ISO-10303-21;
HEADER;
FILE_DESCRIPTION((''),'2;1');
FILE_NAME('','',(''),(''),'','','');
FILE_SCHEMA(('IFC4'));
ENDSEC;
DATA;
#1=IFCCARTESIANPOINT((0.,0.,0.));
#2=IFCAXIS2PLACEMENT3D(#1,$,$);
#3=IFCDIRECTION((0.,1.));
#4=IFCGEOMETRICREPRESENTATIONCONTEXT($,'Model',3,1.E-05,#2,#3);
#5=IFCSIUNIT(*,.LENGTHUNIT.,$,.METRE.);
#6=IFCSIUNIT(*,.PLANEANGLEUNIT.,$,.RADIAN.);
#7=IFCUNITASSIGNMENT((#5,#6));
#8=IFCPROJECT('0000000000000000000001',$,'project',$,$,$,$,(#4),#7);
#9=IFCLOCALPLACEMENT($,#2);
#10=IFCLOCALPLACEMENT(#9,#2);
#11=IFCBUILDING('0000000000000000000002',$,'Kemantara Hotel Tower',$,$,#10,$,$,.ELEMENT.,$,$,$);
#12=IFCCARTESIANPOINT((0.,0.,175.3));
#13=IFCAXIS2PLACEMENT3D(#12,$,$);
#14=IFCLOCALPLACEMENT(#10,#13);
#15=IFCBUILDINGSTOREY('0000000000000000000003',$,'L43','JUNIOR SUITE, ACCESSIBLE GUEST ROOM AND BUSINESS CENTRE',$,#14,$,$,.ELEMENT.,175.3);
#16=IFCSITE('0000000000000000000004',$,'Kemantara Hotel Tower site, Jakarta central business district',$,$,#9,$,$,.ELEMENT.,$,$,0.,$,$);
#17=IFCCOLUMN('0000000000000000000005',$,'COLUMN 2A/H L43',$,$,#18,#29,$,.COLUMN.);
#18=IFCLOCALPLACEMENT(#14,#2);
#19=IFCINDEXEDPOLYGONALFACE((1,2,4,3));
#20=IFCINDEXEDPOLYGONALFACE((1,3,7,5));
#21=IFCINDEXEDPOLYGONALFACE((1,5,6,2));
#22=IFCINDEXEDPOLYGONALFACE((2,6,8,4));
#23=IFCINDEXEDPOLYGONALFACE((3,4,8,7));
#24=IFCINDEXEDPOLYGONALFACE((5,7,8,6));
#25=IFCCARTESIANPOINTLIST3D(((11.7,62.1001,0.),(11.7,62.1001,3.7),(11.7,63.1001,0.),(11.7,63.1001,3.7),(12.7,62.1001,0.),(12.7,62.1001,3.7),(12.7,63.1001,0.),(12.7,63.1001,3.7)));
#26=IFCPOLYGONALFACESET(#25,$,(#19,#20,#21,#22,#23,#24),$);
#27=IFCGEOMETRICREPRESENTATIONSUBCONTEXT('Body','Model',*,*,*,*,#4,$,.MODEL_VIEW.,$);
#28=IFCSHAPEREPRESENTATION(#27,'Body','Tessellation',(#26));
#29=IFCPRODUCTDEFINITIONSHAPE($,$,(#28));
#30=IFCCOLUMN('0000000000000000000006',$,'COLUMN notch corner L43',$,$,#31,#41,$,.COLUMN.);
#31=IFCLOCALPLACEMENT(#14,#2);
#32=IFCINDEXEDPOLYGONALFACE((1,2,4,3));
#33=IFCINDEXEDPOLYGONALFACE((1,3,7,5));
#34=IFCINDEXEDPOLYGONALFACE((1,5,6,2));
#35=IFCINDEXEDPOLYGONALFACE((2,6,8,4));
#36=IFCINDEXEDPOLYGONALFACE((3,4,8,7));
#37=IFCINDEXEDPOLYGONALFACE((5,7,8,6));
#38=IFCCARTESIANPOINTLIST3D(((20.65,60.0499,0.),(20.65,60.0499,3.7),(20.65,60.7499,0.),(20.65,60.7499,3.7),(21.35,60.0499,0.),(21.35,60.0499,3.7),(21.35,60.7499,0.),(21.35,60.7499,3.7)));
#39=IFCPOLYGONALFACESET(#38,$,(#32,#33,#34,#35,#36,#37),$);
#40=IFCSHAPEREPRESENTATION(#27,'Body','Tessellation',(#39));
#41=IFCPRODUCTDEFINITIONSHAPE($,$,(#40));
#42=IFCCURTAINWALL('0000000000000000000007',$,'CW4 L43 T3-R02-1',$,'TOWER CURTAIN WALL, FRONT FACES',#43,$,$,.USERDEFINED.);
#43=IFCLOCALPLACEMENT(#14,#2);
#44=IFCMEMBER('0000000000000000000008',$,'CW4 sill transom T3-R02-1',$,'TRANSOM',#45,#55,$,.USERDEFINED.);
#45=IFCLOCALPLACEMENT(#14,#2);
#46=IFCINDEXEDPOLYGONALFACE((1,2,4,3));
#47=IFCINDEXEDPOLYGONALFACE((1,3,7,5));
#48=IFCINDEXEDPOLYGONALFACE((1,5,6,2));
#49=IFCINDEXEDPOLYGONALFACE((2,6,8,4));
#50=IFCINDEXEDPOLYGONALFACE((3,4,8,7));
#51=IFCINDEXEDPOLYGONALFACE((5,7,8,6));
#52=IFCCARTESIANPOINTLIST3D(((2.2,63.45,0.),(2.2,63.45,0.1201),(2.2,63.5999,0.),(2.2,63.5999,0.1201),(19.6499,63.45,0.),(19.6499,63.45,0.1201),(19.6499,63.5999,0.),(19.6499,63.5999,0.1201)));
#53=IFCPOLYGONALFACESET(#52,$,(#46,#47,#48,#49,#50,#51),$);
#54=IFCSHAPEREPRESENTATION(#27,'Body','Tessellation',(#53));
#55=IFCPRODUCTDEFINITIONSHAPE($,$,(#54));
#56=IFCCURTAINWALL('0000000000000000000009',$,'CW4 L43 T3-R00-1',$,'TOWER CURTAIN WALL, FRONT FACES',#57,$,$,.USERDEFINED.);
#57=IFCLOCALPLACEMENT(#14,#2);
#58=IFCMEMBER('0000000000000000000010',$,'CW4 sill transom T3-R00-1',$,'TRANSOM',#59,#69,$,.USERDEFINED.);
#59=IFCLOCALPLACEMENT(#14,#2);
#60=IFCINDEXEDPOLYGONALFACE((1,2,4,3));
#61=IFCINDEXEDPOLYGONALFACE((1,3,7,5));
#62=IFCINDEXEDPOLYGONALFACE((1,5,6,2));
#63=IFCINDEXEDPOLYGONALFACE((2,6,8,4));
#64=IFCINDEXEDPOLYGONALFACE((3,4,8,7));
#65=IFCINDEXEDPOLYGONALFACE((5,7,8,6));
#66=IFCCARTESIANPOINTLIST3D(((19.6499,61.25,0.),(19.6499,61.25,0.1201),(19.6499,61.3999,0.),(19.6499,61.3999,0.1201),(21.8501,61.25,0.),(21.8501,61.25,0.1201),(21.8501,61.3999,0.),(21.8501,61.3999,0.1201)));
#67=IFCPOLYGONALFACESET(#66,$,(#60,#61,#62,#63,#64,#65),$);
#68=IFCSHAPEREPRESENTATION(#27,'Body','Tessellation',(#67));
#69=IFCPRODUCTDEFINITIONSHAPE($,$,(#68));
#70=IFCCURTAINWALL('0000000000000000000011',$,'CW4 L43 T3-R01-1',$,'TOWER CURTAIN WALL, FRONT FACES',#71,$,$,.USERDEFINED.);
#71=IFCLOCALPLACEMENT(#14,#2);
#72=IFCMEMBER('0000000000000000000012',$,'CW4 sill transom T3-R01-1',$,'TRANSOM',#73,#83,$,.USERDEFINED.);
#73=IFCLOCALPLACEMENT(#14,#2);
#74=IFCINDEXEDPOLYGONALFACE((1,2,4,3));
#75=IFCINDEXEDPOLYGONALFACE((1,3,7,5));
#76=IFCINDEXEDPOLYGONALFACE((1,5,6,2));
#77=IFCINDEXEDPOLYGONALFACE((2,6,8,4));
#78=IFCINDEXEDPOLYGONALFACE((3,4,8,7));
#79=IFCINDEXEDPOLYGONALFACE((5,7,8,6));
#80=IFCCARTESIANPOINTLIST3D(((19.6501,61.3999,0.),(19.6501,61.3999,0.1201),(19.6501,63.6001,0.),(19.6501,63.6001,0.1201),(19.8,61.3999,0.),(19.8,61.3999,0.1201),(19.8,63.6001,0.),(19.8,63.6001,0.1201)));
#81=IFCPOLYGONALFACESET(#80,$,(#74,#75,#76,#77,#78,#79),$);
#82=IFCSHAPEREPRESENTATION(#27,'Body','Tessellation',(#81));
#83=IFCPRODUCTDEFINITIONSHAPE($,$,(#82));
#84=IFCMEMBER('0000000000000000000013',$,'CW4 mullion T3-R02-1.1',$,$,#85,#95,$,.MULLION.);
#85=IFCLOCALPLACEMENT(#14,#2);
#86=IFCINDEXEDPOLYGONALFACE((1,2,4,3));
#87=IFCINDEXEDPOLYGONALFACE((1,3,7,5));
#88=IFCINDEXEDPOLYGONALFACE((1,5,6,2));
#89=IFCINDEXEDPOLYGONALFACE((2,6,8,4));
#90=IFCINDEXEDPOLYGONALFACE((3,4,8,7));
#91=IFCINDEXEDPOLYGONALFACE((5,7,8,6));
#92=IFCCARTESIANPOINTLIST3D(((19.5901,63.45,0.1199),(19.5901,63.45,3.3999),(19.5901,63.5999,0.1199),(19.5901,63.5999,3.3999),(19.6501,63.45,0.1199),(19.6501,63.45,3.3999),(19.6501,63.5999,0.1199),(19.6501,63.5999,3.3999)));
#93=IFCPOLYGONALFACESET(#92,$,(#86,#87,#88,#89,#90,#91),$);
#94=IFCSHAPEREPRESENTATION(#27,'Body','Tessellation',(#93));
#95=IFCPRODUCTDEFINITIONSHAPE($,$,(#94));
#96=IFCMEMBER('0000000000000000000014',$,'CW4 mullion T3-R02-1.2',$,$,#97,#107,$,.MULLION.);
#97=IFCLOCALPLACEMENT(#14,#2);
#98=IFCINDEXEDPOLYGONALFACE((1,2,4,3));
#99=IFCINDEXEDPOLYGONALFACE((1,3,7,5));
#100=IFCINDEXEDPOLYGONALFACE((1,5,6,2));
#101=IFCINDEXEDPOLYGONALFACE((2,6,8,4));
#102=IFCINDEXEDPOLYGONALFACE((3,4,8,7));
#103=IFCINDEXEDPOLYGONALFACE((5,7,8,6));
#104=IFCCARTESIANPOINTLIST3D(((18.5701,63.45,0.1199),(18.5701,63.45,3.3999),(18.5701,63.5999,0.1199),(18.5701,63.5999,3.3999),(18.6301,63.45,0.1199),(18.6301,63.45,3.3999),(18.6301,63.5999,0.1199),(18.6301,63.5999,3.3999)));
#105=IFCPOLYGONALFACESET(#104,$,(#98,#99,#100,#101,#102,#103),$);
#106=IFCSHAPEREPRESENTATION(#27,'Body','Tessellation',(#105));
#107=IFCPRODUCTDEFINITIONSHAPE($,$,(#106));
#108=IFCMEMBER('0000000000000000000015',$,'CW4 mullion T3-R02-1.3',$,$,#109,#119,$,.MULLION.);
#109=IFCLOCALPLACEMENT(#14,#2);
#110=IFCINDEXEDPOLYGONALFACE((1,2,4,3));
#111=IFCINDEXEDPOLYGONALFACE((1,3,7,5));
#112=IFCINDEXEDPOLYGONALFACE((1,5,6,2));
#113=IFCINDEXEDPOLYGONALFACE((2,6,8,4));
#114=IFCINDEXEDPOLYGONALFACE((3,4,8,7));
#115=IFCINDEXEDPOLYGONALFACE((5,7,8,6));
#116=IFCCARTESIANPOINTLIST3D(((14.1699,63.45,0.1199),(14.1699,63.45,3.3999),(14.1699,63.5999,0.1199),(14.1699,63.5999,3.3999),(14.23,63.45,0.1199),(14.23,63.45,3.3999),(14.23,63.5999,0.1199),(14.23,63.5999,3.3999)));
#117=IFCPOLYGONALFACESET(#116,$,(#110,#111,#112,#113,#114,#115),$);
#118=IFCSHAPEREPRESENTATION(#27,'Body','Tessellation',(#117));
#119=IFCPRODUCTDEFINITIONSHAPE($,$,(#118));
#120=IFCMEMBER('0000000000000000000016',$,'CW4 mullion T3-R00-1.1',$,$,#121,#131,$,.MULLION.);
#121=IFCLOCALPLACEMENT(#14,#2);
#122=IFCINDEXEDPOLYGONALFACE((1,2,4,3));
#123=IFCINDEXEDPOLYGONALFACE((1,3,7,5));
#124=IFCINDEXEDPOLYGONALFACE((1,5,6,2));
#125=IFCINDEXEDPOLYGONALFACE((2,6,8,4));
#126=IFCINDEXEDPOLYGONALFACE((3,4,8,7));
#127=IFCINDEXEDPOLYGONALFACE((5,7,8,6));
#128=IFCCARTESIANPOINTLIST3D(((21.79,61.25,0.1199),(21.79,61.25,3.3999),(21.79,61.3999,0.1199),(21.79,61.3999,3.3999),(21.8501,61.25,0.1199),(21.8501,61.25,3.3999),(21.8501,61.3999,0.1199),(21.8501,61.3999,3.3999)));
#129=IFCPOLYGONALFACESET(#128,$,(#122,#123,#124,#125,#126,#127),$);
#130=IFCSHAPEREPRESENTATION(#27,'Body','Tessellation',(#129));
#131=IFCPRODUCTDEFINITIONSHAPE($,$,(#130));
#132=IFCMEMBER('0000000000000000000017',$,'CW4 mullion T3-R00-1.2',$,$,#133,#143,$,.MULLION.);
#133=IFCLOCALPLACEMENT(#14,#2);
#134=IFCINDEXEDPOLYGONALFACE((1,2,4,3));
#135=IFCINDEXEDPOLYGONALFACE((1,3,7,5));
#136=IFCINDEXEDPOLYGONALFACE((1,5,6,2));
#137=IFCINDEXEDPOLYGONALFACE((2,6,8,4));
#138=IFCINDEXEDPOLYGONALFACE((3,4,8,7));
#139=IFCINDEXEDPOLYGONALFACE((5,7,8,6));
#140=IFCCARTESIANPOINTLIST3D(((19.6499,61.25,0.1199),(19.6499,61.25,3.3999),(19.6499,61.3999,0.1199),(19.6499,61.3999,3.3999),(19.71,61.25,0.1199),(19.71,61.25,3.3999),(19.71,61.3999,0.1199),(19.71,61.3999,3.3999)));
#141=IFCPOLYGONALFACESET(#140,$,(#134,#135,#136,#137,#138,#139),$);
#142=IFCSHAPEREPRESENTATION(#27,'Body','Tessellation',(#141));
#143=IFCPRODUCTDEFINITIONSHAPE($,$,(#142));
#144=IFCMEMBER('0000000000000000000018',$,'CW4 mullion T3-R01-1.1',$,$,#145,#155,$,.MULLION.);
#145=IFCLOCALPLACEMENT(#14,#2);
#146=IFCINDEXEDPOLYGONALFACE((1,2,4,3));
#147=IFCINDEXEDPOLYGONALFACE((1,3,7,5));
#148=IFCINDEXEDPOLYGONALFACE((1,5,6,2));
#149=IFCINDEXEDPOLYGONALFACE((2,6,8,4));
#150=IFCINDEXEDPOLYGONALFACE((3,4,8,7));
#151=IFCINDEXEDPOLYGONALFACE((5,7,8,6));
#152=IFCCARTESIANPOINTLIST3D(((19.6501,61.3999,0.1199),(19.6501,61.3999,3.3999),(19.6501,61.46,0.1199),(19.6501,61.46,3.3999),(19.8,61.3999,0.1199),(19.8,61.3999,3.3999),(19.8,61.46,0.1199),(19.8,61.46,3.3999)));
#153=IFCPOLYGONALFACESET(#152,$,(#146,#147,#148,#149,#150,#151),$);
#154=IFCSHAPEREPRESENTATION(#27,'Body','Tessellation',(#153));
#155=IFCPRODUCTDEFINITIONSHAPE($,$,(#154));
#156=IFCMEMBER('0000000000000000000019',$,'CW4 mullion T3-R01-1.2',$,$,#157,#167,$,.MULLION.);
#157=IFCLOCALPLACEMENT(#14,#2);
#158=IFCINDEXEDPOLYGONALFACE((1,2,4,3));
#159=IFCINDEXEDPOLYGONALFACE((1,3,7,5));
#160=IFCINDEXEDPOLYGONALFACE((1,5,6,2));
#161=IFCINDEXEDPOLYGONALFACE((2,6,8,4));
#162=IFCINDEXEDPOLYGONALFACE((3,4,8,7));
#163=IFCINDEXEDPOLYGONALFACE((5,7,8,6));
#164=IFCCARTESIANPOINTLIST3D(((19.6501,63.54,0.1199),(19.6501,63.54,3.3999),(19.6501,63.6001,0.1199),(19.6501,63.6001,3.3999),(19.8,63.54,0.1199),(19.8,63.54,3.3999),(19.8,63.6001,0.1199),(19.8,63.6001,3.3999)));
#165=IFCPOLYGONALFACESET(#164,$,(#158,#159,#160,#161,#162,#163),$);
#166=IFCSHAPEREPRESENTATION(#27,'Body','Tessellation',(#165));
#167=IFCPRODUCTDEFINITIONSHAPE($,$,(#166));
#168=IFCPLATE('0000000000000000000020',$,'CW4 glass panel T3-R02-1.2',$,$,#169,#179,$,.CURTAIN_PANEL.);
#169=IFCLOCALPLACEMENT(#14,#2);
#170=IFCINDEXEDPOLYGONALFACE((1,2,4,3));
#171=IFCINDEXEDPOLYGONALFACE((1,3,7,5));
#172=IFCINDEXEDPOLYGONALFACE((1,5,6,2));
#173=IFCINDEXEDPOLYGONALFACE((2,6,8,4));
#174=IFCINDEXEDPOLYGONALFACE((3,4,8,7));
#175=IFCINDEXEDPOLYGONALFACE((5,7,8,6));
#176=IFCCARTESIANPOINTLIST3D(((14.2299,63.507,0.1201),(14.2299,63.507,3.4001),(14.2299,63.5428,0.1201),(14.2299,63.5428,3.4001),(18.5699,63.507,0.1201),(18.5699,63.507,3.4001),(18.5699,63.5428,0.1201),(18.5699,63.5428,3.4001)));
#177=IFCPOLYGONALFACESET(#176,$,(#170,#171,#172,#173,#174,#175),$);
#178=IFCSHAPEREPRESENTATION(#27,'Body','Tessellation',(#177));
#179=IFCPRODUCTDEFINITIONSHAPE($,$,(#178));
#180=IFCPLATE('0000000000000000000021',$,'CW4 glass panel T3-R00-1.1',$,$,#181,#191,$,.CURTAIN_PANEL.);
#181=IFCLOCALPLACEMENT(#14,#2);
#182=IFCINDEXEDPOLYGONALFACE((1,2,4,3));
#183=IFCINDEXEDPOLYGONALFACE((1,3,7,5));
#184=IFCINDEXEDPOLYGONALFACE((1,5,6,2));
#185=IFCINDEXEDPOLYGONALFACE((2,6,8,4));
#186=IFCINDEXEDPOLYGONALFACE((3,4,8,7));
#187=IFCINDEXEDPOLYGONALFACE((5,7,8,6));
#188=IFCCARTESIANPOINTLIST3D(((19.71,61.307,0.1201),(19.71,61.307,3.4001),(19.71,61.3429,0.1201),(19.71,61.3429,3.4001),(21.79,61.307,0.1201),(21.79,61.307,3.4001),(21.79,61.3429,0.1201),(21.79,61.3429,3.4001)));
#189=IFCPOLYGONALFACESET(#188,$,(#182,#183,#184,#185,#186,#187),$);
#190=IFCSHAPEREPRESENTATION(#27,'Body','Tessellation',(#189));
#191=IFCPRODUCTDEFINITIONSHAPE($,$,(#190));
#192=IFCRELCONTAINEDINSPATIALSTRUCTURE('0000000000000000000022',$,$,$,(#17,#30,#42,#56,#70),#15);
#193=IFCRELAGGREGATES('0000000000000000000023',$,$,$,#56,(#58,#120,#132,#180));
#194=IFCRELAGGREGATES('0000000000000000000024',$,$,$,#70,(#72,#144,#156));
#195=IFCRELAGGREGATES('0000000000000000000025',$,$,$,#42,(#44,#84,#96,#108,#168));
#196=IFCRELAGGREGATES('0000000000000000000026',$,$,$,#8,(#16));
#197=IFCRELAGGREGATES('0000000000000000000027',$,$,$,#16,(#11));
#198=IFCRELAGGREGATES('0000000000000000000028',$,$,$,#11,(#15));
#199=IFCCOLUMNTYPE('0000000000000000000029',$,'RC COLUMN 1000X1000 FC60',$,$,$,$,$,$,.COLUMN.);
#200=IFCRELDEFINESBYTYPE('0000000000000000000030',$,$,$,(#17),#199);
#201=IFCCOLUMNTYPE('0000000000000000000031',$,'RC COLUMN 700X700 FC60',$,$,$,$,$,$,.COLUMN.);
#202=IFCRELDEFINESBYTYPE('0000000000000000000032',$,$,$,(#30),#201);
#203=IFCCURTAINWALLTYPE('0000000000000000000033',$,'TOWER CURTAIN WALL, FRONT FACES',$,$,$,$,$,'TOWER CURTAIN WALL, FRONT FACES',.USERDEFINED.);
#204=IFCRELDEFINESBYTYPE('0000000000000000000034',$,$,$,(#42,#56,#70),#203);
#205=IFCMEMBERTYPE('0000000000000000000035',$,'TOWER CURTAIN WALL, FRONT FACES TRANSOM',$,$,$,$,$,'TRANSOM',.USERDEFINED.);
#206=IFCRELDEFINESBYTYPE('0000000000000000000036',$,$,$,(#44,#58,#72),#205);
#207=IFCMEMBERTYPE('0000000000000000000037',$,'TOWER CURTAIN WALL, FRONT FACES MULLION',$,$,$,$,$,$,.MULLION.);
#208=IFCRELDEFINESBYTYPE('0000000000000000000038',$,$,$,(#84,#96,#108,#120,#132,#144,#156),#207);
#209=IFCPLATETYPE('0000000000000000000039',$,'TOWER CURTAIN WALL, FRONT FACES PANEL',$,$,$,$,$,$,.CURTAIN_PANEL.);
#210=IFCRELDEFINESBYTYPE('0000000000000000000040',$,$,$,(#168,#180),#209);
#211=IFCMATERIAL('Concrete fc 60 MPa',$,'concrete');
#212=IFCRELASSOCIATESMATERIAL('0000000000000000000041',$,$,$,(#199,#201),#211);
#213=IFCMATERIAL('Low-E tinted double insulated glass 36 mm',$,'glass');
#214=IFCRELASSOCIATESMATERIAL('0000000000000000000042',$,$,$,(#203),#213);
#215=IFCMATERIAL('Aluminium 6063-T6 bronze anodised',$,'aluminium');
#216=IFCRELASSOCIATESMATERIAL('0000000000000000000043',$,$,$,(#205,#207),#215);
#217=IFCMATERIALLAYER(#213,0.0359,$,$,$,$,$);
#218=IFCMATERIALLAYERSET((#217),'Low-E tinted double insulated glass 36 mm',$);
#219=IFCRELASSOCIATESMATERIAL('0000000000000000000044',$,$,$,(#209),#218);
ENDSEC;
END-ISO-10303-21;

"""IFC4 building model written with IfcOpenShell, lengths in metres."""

from ifc_helpers import new_model, si_unit, direction, frame, origin, origin_2d, place, context, subcontext, project, spatial, rectangle, extrude, source, transform, mapped, material, layer, layer_set, material_profile, profile_set, type_object, element, aggregate, save


model = new_model("IFC4")

# Units and contexts
model_context = context("Model", 3, precision=1e-05, world=origin(), true_north=direction((0.0, 1.0)))
body_context = subcontext(model_context, "Body", "Model", "MODEL_VIEW")
ifc_project = project(units=[si_unit("LENGTHUNIT", "METRE"), si_unit("PLANEANGLEUNIT", "RADIAN")], contexts=[model_context])

# Site, building, storey
site_placement = place(None, origin())
site = spatial("IfcSite", under=ifc_project, at=site_placement, Name="Kemantara Hotel Tower site, Jakarta central business district", CompositionType="ELEMENT", RefElevation=0.0)
building_placement = place(site_placement, origin())
building = spatial("IfcBuilding", under=site, at=building_placement, Name="Kemantara Hotel Tower", CompositionType="ELEMENT")
storey_placement = place(building_placement, frame((0.0, 0.0, 175.3)))
storey = spatial("IfcBuildingStorey", under=building, at=storey_placement, Name="L43", Description="JUNIOR SUITE, ACCESSIBLE GUEST ROOM AND BUSINESS CENTRE", CompositionType="ELEMENT", Elevation=175.3)

# Columns
ifc_material_1 = material(Name="Concrete fc 60 MPa", Category="concrete")
ifc_material_profile_1 = material_profile(ifc_material_1, rectangle(XDim=1.0, YDim=1.0, at=origin_2d()), Name="RC 1000X1000")
ifc_profile_set_1 = profile_set([ifc_material_profile_1], Name="Concrete fc 60 MPa")
column_type_1 = type_object("IfcColumnType", Name="RC COLUMN 1000X1000 FC60", PredefinedType="COLUMN", material=ifc_profile_set_1)
column_1_placement = place(storey_placement, frame((12.2, 62.6001, 0.0), z_axis=(0.0, 0.0, 1.0), x_axis=(1.0, 0.0, 0.0)))
element("IfcColumn", 1, at=column_1_placement, inside=storey, type_object=column_type_1, Name="COLUMN 2A/H L43", PredefinedType="COLUMN", context=body_context, shape_type="SweptSolid", body=[
    extrude(rectangle(XDim=1.0, YDim=1.0, at=origin_2d()), origin(), (0.0, 0.0, 1.0), 3.7),
])
ifc_material_profile_2 = material_profile(ifc_material_1, rectangle(XDim=0.7, YDim=0.7, at=origin_2d()), Name="RC 700X700")
ifc_profile_set_2 = profile_set([ifc_material_profile_2], Name="Concrete fc 60 MPa")
column_type_2 = type_object("IfcColumnType", Name="RC COLUMN 700X700 FC60", PredefinedType="COLUMN", material=ifc_profile_set_2)
column_2_placement = place(storey_placement, frame((21.0, 60.3999, 0.0), z_axis=(0.0, 0.0, 1.0), x_axis=(1.0, 0.0, 0.0)))
element("IfcColumn", 2, at=column_2_placement, inside=storey, type_object=column_type_2, Name="COLUMN notch corner L43", PredefinedType="COLUMN", context=body_context, shape_type="SweptSolid", body=[
    extrude(rectangle(XDim=0.7, YDim=0.7, at=origin_2d()), origin(), (0.0, 0.0, 1.0), 3.7),
])

# Curtain walls, members
ifc_material_2 = material(Name="Low-E tinted double insulated glass 36 mm", Category="glass")
curtain_wall_type = type_object("IfcCurtainWallType", Name="TOWER CURTAIN WALL, FRONT FACES", ElementType="TOWER CURTAIN WALL, FRONT FACES", PredefinedType="USERDEFINED", material=ifc_material_2)
curtain_wall_1_placement = place(storey_placement, origin())
curtain_wall_1 = element("IfcCurtainWall", 3, at=curtain_wall_1_placement, inside=storey, type_object=curtain_wall_type, Name="CW4 L43 T3-R02-1", ObjectType="TOWER CURTAIN WALL, FRONT FACES", PredefinedType="USERDEFINED")
ifc_material_3 = material(Name="Aluminium 6063-T6 bronze anodised", Category="aluminium")
ifc_material_profile_3 = material_profile(ifc_material_3, rectangle(XDim=0.1499, YDim=0.1201, at=origin_2d()), Name="TOWER CURTAIN WALL, FRONT FACES TRANSOM")
ifc_profile_set_3 = profile_set([ifc_material_profile_3], Name="Aluminium 6063-T6 bronze anodised")
member_type_1 = type_object("IfcMemberType", Name="TOWER CURTAIN WALL, FRONT FACES TRANSOM", ElementType="TRANSOM", PredefinedType="USERDEFINED", material=ifc_profile_set_3)
member_1_placement = place(storey_placement, frame((19.6499, 63.5249, 0.0601), z_axis=(-1.0, 0.0, 0.0), x_axis=(0.0, -1.0, 0.0)))
member_1 = element("IfcMember", 4, at=member_1_placement, type_object=member_type_1, Name="CW4 sill transom T3-R02-1", ObjectType="TRANSOM", PredefinedType="USERDEFINED", context=body_context, shape_type="SweptSolid", body=[
    extrude(rectangle(XDim=0.1499, YDim=0.1201, at=origin_2d()), origin(), (0.0, 0.0, 1.0), 17.45),
])
curtain_wall_2_placement = place(storey_placement, origin())
curtain_wall_2 = element("IfcCurtainWall", 5, at=curtain_wall_2_placement, inside=storey, type_object=curtain_wall_type, Name="CW4 L43 T3-R00-1", ObjectType="TOWER CURTAIN WALL, FRONT FACES", PredefinedType="USERDEFINED")
member_2_placement = place(storey_placement, frame((21.8501, 61.325, 0.0601), z_axis=(-1.0, 0.0, 0.0), x_axis=(0.0, -1.0, 0.0)))
member_2 = element("IfcMember", 6, at=member_2_placement, type_object=member_type_1, Name="CW4 sill transom T3-R00-1", ObjectType="TRANSOM", PredefinedType="USERDEFINED", context=body_context, shape_type="SweptSolid", body=[
    extrude(rectangle(XDim=0.1499, YDim=0.1201, at=origin_2d()), origin(), (0.0, 0.0, 1.0), 2.2002),
])
curtain_wall_3_placement = place(storey_placement, origin())
curtain_wall_3 = element("IfcCurtainWall", 7, at=curtain_wall_3_placement, inside=storey, type_object=curtain_wall_type, Name="CW4 L43 T3-R01-1", ObjectType="TOWER CURTAIN WALL, FRONT FACES", PredefinedType="USERDEFINED")
member_3_placement = place(storey_placement, frame((19.7251, 61.3999, 0.0601), z_axis=(0.0, 1.0, 0.0), x_axis=(-1.0, 0.0, 0.0)))
member_3 = element("IfcMember", 8, at=member_3_placement, type_object=member_type_1, Name="CW4 sill transom T3-R01-1", ObjectType="TRANSOM", PredefinedType="USERDEFINED", context=body_context, shape_type="SweptSolid", body=[
    extrude(rectangle(XDim=0.1499, YDim=0.1201, at=origin_2d()), origin(), (0.0, 0.0, 1.0), 2.2002),
])

# Members
ifc_material_profile_4 = material_profile(ifc_material_3, rectangle(XDim=0.1499, YDim=0.0601, at=origin_2d()), Name="TOWER CURTAIN WALL, FRONT FACES MULLION")
ifc_profile_set_4 = profile_set([ifc_material_profile_4], Name="Aluminium 6063-T6 bronze anodised")
member_type_2 = type_object("IfcMemberType", Name="TOWER CURTAIN WALL, FRONT FACES MULLION", PredefinedType="MULLION", material=ifc_profile_set_4)
shared_shape_1 = source(origin(), body_context, "Body", "SweptSolid", [
    extrude(rectangle(XDim=0.1499, YDim=0.0601, at=origin_2d()), origin(), (0.0, 0.0, 1.0), 3.28),
])
member_4_placement = place(storey_placement, frame((19.6201, 63.5249, 0.1199), z_axis=(0.0, 0.0, 1.0), x_axis=(0.0, -1.0, 0.0)))
member_4 = element("IfcMember", 9, at=member_4_placement, type_object=member_type_2, Name="CW4 mullion T3-R02-1.1", PredefinedType="MULLION", context=body_context, shape_type="MappedRepresentation", body=[
    mapped(shared_shape_1, transform((0.0, 0.0, 0.0))),
])
member_5_placement = place(storey_placement, frame((18.6001, 63.5249, 0.1199), z_axis=(0.0, 0.0, 1.0), x_axis=(0.0, -1.0, 0.0)))
member_5 = element("IfcMember", 10, at=member_5_placement, type_object=member_type_2, Name="CW4 mullion T3-R02-1.2", PredefinedType="MULLION", context=body_context, shape_type="MappedRepresentation", body=[
    mapped(shared_shape_1, transform((0.0, 0.0, 0.0))),
])
member_6_placement = place(storey_placement, frame((14.2, 63.5249, 0.1199), z_axis=(0.0, 0.0, 1.0), x_axis=(0.0, -1.0, 0.0)))
member_6 = element("IfcMember", 11, at=member_6_placement, type_object=member_type_2, Name="CW4 mullion T3-R02-1.3", PredefinedType="MULLION", context=body_context, shape_type="MappedRepresentation", body=[
    mapped(shared_shape_1, transform((0.0, 0.0, 0.0))),
])
member_7_placement = place(storey_placement, frame((21.8201, 61.325, 0.1199), z_axis=(0.0, 0.0, 1.0), x_axis=(0.0, -1.0, 0.0)))
member_7 = element("IfcMember", 12, at=member_7_placement, type_object=member_type_2, Name="CW4 mullion T3-R00-1.1", PredefinedType="MULLION", context=body_context, shape_type="MappedRepresentation", body=[
    mapped(shared_shape_1, transform((0.0, 0.0, 0.0))),
])
member_8_placement = place(storey_placement, frame((19.6799, 61.325, 0.1199), z_axis=(0.0, 0.0, 1.0), x_axis=(0.0, -1.0, 0.0)))
member_8 = element("IfcMember", 13, at=member_8_placement, type_object=member_type_2, Name="CW4 mullion T3-R00-1.2", PredefinedType="MULLION", context=body_context, shape_type="MappedRepresentation", body=[
    mapped(shared_shape_1, transform((0.0, 0.0, 0.0))),
])
member_9_placement = place(storey_placement, frame((19.7251, 61.4299, 0.1199), z_axis=(0.0, 0.0, 1.0), x_axis=(-1.0, 0.0, 0.0)))
member_9 = element("IfcMember", 14, at=member_9_placement, type_object=member_type_2, Name="CW4 mullion T3-R01-1.1", PredefinedType="MULLION", context=body_context, shape_type="MappedRepresentation", body=[
    mapped(shared_shape_1, transform((0.0, 0.0, 0.0))),
])
member_10_placement = place(storey_placement, frame((19.7251, 63.5701, 0.1199), z_axis=(0.0, 0.0, 1.0), x_axis=(-1.0, 0.0, 0.0)))
member_10 = element("IfcMember", 15, at=member_10_placement, type_object=member_type_2, Name="CW4 mullion T3-R01-1.2", PredefinedType="MULLION", context=body_context, shape_type="MappedRepresentation", body=[
    mapped(shared_shape_1, transform((0.0, 0.0, 0.0))),
])

# Plates
ifc_layer_1 = layer(ifc_material_2, 0.0359)
ifc_layer_set_1 = layer_set([ifc_layer_1], Name="Low-E tinted double insulated glass 36 mm")
plate_type = type_object("IfcPlateType", Name="TOWER CURTAIN WALL, FRONT FACES PANEL", PredefinedType="CURTAIN_PANEL", material=ifc_layer_set_1)
shared_shape_2 = source(origin(), body_context, "Body", "SweptSolid", [
    extrude(rectangle(XDim=4.3401, YDim=0.0359, at=origin_2d()), origin(), (0.0, 0.0, 1.0), 3.28),
])
plate_1_placement = place(storey_placement, frame((16.3999, 63.5249, 0.1201), z_axis=(0.0, 0.0, 1.0), x_axis=(-1.0, 0.0, 0.0)))
plate_1 = element("IfcPlate", 16, at=plate_1_placement, type_object=plate_type, Name="CW4 glass panel T3-R02-1.2", PredefinedType="CURTAIN_PANEL", context=body_context, shape_type="MappedRepresentation", body=[
    mapped(shared_shape_2, transform((0.0, 0.0, 0.0))),
])
shared_shape_3 = source(origin(), body_context, "Body", "SweptSolid", [
    extrude(rectangle(XDim=2.0801, YDim=0.0359, at=origin_2d()), origin(), (0.0, 0.0, 1.0), 3.28),
])
plate_2_placement = place(storey_placement, frame((20.75, 61.325, 0.1201), z_axis=(0.0, 0.0, 1.0), x_axis=(-1.0, 0.0, 0.0)))
plate_2 = element("IfcPlate", 17, at=plate_2_placement, type_object=plate_type, Name="CW4 glass panel T3-R00-1.1", PredefinedType="CURTAIN_PANEL", context=body_context, shape_type="MappedRepresentation", body=[
    mapped(shared_shape_3, transform((0.0, 0.0, 0.0))),
])
aggregate(curtain_wall_2, [member_2, member_7, member_8, plate_2])
aggregate(curtain_wall_3, [member_3, member_9, member_10])
aggregate(curtain_wall_1, [member_1, member_4, member_5, member_6, plate_1])

save(model, "model.ifc")
